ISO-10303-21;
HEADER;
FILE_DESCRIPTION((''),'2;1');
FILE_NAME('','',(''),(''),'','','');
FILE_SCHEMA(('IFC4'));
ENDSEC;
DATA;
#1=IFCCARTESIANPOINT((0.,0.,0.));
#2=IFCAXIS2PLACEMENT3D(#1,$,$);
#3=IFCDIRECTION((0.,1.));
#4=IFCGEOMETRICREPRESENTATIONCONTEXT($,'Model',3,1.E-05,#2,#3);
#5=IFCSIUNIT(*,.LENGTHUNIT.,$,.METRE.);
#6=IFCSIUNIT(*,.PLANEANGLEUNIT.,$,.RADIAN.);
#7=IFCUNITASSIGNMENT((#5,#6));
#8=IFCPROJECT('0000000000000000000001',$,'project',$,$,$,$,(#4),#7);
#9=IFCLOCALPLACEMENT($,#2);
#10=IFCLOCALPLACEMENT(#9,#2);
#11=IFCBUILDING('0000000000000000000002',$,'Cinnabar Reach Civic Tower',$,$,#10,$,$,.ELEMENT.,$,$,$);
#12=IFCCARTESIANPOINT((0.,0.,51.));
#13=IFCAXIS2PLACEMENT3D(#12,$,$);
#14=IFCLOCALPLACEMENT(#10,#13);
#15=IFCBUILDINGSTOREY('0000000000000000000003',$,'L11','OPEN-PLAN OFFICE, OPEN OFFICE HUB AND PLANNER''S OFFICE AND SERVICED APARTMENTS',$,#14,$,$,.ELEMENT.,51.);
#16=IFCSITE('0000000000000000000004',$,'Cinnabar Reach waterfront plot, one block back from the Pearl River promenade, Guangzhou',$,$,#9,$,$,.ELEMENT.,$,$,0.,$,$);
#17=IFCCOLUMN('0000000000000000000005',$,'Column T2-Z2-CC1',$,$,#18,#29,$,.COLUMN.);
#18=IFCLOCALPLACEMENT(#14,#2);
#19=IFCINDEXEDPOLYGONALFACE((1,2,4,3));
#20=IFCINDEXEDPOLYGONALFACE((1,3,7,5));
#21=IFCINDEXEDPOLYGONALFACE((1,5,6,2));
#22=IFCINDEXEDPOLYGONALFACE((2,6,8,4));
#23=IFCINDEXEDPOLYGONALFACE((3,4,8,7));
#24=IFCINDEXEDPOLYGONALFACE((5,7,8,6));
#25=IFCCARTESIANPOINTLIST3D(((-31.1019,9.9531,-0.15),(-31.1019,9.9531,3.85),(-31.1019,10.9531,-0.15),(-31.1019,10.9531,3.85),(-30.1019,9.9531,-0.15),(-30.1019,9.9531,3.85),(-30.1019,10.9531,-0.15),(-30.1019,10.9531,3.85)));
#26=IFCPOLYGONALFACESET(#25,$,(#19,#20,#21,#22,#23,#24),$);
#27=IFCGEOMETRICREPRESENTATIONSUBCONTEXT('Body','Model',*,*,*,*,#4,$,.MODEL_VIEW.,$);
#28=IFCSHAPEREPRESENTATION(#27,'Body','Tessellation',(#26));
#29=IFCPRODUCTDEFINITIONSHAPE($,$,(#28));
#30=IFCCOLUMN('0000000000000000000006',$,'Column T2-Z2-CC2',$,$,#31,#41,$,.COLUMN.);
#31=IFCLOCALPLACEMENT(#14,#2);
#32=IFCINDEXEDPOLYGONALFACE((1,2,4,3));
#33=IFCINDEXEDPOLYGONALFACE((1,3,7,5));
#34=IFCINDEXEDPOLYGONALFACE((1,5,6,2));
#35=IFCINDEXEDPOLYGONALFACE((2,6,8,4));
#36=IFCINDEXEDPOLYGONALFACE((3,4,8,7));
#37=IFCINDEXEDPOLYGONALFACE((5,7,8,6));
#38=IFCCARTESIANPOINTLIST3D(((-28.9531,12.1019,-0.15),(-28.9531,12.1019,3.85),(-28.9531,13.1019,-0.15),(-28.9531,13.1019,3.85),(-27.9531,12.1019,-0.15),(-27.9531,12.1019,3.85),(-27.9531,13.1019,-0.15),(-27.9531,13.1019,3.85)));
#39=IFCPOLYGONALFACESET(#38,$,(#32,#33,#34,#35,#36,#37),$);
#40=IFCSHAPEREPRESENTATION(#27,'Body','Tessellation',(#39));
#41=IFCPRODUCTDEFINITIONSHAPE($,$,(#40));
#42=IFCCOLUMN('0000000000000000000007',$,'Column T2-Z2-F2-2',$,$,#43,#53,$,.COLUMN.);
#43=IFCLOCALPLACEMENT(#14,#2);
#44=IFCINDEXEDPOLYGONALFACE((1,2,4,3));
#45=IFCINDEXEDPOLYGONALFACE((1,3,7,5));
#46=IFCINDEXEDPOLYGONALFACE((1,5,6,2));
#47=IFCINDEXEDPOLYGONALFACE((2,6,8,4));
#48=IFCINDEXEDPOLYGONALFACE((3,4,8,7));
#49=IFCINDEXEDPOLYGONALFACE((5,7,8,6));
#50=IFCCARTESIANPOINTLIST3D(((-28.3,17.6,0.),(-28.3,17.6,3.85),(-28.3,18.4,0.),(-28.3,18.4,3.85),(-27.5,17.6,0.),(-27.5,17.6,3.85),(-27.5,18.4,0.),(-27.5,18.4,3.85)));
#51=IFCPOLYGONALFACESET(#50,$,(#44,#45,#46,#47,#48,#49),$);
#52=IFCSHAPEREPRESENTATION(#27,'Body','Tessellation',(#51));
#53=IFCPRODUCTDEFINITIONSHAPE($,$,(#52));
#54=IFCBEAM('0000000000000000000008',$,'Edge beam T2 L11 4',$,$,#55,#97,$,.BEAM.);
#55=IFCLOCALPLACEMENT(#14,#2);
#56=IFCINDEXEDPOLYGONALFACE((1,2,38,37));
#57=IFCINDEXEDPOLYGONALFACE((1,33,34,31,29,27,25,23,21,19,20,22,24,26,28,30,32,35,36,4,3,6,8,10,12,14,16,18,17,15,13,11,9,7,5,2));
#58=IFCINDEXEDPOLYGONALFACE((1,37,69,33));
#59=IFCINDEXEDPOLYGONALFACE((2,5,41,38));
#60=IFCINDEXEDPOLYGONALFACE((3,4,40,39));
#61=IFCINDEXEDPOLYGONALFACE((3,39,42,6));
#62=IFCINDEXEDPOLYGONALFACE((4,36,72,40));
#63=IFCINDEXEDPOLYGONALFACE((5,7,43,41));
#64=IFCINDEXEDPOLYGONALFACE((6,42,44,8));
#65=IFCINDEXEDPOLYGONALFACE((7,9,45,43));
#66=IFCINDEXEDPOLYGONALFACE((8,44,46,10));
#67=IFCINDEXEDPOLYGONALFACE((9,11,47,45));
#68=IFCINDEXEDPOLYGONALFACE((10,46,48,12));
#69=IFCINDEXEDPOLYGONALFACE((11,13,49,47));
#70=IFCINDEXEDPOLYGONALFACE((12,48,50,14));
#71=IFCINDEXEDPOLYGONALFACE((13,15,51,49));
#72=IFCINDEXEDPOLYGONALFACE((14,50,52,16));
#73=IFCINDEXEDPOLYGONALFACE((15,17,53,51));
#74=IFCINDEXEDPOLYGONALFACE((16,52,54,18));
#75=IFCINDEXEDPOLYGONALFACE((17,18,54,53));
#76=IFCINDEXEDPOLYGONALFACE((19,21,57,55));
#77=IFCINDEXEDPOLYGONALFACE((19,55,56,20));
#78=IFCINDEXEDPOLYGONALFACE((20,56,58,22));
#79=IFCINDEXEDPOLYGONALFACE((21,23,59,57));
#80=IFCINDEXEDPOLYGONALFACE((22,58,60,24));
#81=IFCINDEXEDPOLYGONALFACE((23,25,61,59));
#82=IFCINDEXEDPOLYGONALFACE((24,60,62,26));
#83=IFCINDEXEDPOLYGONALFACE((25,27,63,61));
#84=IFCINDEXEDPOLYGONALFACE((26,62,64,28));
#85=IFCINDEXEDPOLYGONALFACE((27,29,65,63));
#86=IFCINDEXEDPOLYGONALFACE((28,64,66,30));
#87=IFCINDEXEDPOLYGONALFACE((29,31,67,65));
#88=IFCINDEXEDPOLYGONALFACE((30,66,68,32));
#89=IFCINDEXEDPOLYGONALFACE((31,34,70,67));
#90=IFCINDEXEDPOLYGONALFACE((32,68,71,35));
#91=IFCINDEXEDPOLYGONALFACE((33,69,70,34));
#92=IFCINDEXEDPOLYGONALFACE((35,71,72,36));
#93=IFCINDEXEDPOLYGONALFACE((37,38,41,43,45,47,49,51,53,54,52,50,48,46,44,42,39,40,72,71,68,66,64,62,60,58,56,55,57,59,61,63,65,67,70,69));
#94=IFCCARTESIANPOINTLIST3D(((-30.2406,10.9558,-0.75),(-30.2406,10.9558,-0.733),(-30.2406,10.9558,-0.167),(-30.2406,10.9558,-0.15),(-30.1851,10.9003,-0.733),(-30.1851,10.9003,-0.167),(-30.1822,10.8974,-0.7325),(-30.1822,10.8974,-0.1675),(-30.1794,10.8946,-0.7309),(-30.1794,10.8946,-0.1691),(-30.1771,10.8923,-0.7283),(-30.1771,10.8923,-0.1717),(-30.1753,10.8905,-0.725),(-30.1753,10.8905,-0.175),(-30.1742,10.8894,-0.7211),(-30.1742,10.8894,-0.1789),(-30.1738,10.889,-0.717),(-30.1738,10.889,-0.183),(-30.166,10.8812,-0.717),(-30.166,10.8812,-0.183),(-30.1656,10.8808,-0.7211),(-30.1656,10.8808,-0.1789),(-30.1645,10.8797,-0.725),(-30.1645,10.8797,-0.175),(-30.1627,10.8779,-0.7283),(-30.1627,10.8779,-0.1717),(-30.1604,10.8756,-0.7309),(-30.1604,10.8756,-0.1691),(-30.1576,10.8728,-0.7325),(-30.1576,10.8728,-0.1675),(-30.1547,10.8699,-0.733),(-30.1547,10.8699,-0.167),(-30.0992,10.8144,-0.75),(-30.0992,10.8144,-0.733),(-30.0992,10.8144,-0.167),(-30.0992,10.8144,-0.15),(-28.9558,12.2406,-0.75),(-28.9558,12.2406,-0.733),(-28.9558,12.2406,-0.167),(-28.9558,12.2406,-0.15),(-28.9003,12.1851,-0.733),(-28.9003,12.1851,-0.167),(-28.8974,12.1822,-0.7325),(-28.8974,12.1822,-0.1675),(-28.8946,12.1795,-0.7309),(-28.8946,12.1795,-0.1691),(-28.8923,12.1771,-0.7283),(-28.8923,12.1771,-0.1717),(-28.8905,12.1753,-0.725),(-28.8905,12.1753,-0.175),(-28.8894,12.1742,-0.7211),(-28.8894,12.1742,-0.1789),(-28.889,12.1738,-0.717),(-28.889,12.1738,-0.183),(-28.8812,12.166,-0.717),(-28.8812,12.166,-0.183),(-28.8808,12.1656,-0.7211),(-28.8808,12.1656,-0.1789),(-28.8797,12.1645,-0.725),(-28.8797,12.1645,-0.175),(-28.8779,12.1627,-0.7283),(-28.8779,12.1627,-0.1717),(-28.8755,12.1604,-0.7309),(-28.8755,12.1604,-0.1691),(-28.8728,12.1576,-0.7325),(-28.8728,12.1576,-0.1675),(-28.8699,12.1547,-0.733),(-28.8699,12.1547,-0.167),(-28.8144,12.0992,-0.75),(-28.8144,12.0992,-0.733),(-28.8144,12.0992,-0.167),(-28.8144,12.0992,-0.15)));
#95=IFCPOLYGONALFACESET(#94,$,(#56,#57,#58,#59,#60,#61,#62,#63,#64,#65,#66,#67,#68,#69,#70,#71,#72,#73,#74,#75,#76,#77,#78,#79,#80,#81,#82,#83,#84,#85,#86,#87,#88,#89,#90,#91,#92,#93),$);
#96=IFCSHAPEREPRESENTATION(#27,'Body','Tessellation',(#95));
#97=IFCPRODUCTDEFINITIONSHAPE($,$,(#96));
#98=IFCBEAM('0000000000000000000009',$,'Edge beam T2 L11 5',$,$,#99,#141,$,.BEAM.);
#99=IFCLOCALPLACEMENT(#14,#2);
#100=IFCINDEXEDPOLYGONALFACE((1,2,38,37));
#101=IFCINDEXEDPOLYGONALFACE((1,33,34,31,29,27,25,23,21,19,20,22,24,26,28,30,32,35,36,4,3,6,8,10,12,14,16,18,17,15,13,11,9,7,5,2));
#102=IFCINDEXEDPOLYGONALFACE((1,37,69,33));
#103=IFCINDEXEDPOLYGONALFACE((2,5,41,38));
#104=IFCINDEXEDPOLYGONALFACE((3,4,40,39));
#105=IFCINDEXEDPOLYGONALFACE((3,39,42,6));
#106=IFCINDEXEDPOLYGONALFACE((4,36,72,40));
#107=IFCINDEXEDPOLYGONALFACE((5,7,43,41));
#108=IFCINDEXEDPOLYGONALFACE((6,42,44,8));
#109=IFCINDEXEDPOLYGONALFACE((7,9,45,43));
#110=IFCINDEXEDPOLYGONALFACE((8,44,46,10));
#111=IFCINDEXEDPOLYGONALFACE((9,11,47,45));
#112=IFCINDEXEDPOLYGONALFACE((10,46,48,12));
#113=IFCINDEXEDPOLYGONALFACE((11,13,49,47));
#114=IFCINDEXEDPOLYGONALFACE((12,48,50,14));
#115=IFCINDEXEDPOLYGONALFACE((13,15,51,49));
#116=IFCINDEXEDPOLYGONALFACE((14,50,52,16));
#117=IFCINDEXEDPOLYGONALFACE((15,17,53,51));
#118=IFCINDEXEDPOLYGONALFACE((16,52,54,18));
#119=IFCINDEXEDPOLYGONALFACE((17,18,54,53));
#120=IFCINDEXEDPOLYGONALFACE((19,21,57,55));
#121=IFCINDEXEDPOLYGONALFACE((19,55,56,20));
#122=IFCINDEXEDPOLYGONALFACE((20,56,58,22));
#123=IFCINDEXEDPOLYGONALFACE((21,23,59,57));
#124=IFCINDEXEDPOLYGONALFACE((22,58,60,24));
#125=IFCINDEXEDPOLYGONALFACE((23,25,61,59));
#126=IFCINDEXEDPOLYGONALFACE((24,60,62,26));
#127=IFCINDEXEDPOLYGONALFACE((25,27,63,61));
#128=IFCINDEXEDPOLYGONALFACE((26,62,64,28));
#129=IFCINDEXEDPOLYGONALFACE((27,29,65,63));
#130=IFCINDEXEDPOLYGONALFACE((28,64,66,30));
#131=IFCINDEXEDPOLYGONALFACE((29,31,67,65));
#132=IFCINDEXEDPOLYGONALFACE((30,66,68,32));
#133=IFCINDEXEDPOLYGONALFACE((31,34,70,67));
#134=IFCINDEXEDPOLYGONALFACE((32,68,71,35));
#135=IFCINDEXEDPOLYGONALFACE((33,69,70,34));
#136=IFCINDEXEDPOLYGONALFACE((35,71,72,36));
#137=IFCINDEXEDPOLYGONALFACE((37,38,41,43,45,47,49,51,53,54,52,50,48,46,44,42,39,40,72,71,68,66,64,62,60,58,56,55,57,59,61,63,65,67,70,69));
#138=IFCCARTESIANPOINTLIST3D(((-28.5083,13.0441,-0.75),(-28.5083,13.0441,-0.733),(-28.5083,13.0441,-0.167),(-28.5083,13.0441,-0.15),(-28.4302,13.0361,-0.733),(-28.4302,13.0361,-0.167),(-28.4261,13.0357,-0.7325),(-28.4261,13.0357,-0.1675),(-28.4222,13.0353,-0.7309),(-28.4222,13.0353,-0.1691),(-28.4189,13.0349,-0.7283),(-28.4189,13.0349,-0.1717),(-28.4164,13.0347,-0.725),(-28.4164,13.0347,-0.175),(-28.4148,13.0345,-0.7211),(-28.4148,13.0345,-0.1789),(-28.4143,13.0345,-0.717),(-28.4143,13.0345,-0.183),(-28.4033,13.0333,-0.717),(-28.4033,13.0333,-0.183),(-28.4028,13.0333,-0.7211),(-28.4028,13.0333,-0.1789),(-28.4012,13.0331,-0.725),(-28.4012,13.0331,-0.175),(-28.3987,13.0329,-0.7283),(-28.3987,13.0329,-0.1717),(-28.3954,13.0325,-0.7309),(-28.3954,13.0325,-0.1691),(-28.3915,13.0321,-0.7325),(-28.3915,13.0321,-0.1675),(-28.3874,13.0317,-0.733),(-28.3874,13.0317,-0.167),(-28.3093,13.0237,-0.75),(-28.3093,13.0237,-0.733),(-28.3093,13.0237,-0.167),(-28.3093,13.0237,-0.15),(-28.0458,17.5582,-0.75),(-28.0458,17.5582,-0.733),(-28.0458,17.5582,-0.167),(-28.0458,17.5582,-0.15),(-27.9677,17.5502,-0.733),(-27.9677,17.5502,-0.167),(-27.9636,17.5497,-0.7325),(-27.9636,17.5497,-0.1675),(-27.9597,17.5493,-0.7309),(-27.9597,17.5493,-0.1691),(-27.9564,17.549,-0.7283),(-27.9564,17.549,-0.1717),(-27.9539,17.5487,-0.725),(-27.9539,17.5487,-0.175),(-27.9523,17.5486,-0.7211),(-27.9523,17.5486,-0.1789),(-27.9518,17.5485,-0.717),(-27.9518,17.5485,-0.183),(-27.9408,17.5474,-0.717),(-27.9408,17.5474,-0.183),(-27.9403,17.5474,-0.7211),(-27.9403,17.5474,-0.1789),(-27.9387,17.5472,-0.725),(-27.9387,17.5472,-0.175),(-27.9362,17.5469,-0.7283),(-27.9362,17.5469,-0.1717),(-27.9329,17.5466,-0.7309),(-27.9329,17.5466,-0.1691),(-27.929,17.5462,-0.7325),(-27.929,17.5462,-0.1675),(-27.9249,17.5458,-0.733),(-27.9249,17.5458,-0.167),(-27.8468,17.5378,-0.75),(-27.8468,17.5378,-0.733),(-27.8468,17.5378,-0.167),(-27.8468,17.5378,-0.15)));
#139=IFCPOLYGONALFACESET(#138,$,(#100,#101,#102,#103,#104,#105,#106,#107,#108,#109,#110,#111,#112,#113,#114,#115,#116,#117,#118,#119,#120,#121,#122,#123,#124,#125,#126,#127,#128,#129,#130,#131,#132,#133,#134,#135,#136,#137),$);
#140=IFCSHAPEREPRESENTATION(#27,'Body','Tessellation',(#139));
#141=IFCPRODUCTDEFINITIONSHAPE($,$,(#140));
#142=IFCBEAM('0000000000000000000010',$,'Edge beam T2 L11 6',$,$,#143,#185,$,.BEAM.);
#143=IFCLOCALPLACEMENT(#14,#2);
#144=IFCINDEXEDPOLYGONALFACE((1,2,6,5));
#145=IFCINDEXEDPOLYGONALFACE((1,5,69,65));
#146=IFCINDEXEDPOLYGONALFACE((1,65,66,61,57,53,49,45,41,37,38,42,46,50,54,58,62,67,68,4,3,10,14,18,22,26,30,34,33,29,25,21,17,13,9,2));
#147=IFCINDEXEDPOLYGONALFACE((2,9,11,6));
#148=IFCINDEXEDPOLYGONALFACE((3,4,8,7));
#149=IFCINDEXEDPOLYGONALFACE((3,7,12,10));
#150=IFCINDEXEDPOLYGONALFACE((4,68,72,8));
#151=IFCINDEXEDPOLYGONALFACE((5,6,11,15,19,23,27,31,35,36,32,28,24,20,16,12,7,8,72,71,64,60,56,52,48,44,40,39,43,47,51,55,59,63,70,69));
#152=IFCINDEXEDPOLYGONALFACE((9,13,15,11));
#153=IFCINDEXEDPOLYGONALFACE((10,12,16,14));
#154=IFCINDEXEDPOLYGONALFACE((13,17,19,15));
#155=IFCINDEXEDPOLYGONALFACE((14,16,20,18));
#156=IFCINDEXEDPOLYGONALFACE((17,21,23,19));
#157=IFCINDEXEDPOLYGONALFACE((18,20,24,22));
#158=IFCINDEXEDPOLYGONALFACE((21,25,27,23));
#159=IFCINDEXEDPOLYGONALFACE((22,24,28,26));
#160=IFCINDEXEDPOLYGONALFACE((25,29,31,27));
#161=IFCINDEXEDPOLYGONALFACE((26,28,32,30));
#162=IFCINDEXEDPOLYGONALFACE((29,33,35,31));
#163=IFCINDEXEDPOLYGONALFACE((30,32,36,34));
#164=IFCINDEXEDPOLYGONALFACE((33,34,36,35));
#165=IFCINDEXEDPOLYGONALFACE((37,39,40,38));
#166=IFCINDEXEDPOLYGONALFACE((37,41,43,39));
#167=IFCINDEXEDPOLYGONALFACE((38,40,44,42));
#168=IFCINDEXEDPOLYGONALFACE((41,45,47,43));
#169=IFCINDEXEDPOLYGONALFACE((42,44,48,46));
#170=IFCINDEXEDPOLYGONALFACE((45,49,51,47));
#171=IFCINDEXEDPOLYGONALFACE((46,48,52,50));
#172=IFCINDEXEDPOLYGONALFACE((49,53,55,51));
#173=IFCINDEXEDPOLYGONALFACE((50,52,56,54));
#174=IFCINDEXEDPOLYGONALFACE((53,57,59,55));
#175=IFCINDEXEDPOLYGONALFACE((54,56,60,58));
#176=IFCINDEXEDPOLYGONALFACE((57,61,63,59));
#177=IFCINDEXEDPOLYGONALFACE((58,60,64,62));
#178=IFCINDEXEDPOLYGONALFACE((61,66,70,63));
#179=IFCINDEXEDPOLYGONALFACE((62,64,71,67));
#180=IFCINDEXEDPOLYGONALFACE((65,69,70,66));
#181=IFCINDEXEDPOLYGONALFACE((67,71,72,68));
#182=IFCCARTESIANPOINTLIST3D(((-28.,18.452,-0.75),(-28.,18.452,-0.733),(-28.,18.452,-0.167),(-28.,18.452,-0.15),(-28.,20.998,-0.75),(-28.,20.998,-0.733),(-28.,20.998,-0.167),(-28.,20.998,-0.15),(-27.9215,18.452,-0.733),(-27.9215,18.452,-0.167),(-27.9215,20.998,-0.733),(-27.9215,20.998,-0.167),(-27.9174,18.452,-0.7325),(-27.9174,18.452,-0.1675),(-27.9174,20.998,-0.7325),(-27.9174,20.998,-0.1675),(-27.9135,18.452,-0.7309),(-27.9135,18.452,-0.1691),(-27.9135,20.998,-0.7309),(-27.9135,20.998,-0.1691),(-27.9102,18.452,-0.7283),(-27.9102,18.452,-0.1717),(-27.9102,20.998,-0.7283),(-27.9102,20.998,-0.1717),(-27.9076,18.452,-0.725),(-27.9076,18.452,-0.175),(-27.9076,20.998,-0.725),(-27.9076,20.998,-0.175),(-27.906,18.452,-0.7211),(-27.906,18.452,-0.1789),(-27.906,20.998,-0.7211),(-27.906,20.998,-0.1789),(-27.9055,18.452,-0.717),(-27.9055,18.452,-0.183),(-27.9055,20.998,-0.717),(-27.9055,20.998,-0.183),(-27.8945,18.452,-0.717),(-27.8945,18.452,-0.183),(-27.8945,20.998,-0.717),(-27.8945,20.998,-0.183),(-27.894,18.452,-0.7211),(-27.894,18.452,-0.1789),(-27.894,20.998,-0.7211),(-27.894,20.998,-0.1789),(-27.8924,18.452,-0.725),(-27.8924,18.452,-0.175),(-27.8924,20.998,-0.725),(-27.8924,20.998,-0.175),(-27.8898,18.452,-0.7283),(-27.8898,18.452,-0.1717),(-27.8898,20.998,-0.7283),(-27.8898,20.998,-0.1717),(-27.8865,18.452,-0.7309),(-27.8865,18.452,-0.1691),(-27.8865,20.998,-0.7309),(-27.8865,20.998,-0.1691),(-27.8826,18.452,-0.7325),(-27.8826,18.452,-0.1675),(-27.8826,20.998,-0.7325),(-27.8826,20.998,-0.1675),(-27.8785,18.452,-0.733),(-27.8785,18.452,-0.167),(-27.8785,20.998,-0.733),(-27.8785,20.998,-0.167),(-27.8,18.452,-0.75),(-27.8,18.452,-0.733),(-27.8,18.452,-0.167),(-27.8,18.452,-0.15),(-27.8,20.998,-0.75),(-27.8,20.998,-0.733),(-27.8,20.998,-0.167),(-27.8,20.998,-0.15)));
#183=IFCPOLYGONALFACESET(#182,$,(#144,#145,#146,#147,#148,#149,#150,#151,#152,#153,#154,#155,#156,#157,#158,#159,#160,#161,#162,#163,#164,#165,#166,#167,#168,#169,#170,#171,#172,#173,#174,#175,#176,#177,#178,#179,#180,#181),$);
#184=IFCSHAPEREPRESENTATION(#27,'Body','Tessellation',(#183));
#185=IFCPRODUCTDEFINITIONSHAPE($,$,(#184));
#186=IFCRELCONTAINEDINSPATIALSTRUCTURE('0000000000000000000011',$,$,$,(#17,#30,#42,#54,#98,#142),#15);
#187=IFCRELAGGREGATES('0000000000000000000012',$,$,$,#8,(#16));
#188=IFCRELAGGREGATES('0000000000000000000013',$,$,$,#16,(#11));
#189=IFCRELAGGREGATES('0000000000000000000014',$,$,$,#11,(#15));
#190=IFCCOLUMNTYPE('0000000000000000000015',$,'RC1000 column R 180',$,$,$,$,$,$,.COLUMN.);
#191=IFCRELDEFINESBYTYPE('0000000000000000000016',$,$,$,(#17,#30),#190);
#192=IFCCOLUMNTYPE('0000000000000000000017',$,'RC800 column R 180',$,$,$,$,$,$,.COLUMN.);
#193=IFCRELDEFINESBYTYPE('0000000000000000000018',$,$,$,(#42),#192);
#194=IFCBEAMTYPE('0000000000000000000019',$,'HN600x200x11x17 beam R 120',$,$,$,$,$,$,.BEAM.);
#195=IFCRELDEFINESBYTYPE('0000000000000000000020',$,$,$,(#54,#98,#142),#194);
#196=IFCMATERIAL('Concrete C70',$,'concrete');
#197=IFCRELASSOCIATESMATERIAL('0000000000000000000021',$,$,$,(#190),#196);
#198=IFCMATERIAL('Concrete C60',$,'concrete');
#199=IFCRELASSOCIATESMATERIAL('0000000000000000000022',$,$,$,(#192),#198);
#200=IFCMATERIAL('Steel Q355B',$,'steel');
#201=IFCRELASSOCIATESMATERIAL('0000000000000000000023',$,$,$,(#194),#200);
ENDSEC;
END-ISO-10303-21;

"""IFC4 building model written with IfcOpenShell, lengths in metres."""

from ifc_helpers import new_model, si_unit, direction, frame, origin, origin_2d, place, context, subcontext, project, spatial, rectangle, i_section, extrude, material, material_profile, profile_set, type_object, element, save


model = new_model("IFC4")

# Units and contexts
model_context = context("Model", 3, precision=1e-05, world=origin(), true_north=direction((0.0, 1.0)))
body_context = subcontext(model_context, "Body", "Model", "MODEL_VIEW")
ifc_project = project(units=[si_unit("LENGTHUNIT", "METRE"), si_unit("PLANEANGLEUNIT", "RADIAN")], contexts=[model_context])

# Site, building, storey
site_placement = place(None, origin())
site = spatial("IfcSite", under=ifc_project, at=site_placement, Name="Cinnabar Reach waterfront plot, one block back from the Pearl River promenade, Guangzhou", CompositionType="ELEMENT", RefElevation=0.0)
building_placement = place(site_placement, origin())
building = spatial("IfcBuilding", under=site, at=building_placement, Name="Cinnabar Reach Civic Tower", CompositionType="ELEMENT")
storey_placement = place(building_placement, frame((0.0, 0.0, 51.0)))
storey = spatial("IfcBuildingStorey", under=building, at=storey_placement, Name="L11", Description="OPEN-PLAN OFFICE, OPEN OFFICE HUB AND PLANNER'S OFFICE AND SERVICED APARTMENTS", CompositionType="ELEMENT", Elevation=51.0)

# Columns
ifc_material_1 = material(Name="Concrete C70", Category="concrete")
ifc_material_profile_1 = material_profile(ifc_material_1, rectangle(XDim=1.0, YDim=1.0, at=origin_2d()), Name="RC1000")
ifc_profile_set_1 = profile_set([ifc_material_profile_1], Name="Concrete C70")
column_type_1 = type_object("IfcColumnType", Name="RC1000 column R 180", PredefinedType="COLUMN", material=ifc_profile_set_1)
for number, where, z_axis, x_axis, name in (
    (1, (-30.6019, 10.4531, -0.15), (0.0, 0.0, 1.0), (1.0, 0.0, 0.0), "Column T2-Z2-CC1"),
    (2, (-28.4531, 12.6019, -0.15), (0.0, 0.0, 1.0), (1.0, 0.0, 0.0), "Column T2-Z2-CC2"),
):
    element("IfcColumn", number, at=place(storey_placement, frame(where, z_axis=z_axis, x_axis=x_axis)), inside=storey, type_object=column_type_1, Name=name, PredefinedType="COLUMN", context=body_context, shape_type="SweptSolid", body=[
        extrude(rectangle(XDim=1.0, YDim=1.0, at=origin_2d()), origin(), (0.0, 0.0, 1.0), 4.0),
    ])
ifc_material_2 = material(Name="Concrete C60", Category="concrete")
ifc_material_profile_2 = material_profile(ifc_material_2, rectangle(XDim=0.8, YDim=0.8, at=origin_2d()), Name="RC800")
ifc_profile_set_2 = profile_set([ifc_material_profile_2], Name="Concrete C60")
column_type_2 = type_object("IfcColumnType", Name="RC800 column R 180", PredefinedType="COLUMN", material=ifc_profile_set_2)
column_placement = place(storey_placement, frame((-27.9, 18.0, 0.0), z_axis=(0.0, 0.0, 1.0), x_axis=(1.0, 0.0, 0.0)))
element("IfcColumn", 3, at=column_placement, inside=storey, type_object=column_type_2, Name="Column T2-Z2-F2-2", PredefinedType="COLUMN", context=body_context, shape_type="SweptSolid", body=[
    extrude(rectangle(XDim=0.8, YDim=0.8, at=origin_2d()), origin(), (0.0, 0.0, 1.0), 3.85),
])

# Beams
ifc_material_3 = material(Name="Steel Q355B", Category="steel")
ifc_material_profile_3 = material_profile(ifc_material_3, i_section(OverallWidth=0.2, OverallDepth=0.6, WebThickness=0.011, FlangeThickness=0.017, FilletRadius=0.016, at=origin_2d()), Name="HN600x200x11x17")
ifc_profile_set_3 = profile_set([ifc_material_profile_3], Name="Steel Q355B")
beam_type = type_object("IfcBeamType", Name="HN600x200x11x17 beam R 120", PredefinedType="BEAM", material=ifc_profile_set_3)
beam_1_placement = place(storey_placement, frame((-30.1699, 10.8851, -0.45), z_axis=(0.707107, 0.707107, 0.0), x_axis=(-0.707107, 0.707107, 0.0)))
element("IfcBeam", 4, at=beam_1_placement, inside=storey, type_object=beam_type, Name="Edge beam T2 L11 4", PredefinedType="BEAM", context=body_context, shape_type="SweptSolid", body=[
    extrude(i_section(OverallWidth=0.2, OverallDepth=0.6, WebThickness=0.011, FlangeThickness=0.017, FilletRadius=0.016, at=origin_2d()), origin(), (0.0, 0.0, 1.0), 1.817),
])
beam_2_placement = place(storey_placement, frame((-28.4088, 13.0339, -0.45), z_axis=(0.101923, 0.994792, 0.0), x_axis=(-0.994792, 0.101923, 0.0)))
element("IfcBeam", 5, at=beam_2_placement, inside=storey, type_object=beam_type, Name="Edge beam T2 L11 5", PredefinedType="BEAM", context=body_context, shape_type="SweptSolid", body=[
    extrude(i_section(OverallWidth=0.2, OverallDepth=0.6, WebThickness=0.011, FlangeThickness=0.017, FilletRadius=0.016, at=origin_2d()), origin(), (0.0, 0.0, 1.0), 4.5377),
])
beam_3_placement = place(storey_placement, frame((-27.9, 18.452, -0.45), z_axis=(0.0, 1.0, 0.0), x_axis=(-1.0, 0.0, 0.0)))
element("IfcBeam", 6, at=beam_3_placement, inside=storey, type_object=beam_type, Name="Edge beam T2 L11 6", PredefinedType="BEAM", context=body_context, shape_type="SweptSolid", body=[
    extrude(i_section(OverallWidth=0.2, OverallDepth=0.6, WebThickness=0.011, FlangeThickness=0.017, FilletRadius=0.016, at=origin_2d()), origin(), (0.0, 0.0, 1.0), 2.546),
])

save(model, "model.ifc")
